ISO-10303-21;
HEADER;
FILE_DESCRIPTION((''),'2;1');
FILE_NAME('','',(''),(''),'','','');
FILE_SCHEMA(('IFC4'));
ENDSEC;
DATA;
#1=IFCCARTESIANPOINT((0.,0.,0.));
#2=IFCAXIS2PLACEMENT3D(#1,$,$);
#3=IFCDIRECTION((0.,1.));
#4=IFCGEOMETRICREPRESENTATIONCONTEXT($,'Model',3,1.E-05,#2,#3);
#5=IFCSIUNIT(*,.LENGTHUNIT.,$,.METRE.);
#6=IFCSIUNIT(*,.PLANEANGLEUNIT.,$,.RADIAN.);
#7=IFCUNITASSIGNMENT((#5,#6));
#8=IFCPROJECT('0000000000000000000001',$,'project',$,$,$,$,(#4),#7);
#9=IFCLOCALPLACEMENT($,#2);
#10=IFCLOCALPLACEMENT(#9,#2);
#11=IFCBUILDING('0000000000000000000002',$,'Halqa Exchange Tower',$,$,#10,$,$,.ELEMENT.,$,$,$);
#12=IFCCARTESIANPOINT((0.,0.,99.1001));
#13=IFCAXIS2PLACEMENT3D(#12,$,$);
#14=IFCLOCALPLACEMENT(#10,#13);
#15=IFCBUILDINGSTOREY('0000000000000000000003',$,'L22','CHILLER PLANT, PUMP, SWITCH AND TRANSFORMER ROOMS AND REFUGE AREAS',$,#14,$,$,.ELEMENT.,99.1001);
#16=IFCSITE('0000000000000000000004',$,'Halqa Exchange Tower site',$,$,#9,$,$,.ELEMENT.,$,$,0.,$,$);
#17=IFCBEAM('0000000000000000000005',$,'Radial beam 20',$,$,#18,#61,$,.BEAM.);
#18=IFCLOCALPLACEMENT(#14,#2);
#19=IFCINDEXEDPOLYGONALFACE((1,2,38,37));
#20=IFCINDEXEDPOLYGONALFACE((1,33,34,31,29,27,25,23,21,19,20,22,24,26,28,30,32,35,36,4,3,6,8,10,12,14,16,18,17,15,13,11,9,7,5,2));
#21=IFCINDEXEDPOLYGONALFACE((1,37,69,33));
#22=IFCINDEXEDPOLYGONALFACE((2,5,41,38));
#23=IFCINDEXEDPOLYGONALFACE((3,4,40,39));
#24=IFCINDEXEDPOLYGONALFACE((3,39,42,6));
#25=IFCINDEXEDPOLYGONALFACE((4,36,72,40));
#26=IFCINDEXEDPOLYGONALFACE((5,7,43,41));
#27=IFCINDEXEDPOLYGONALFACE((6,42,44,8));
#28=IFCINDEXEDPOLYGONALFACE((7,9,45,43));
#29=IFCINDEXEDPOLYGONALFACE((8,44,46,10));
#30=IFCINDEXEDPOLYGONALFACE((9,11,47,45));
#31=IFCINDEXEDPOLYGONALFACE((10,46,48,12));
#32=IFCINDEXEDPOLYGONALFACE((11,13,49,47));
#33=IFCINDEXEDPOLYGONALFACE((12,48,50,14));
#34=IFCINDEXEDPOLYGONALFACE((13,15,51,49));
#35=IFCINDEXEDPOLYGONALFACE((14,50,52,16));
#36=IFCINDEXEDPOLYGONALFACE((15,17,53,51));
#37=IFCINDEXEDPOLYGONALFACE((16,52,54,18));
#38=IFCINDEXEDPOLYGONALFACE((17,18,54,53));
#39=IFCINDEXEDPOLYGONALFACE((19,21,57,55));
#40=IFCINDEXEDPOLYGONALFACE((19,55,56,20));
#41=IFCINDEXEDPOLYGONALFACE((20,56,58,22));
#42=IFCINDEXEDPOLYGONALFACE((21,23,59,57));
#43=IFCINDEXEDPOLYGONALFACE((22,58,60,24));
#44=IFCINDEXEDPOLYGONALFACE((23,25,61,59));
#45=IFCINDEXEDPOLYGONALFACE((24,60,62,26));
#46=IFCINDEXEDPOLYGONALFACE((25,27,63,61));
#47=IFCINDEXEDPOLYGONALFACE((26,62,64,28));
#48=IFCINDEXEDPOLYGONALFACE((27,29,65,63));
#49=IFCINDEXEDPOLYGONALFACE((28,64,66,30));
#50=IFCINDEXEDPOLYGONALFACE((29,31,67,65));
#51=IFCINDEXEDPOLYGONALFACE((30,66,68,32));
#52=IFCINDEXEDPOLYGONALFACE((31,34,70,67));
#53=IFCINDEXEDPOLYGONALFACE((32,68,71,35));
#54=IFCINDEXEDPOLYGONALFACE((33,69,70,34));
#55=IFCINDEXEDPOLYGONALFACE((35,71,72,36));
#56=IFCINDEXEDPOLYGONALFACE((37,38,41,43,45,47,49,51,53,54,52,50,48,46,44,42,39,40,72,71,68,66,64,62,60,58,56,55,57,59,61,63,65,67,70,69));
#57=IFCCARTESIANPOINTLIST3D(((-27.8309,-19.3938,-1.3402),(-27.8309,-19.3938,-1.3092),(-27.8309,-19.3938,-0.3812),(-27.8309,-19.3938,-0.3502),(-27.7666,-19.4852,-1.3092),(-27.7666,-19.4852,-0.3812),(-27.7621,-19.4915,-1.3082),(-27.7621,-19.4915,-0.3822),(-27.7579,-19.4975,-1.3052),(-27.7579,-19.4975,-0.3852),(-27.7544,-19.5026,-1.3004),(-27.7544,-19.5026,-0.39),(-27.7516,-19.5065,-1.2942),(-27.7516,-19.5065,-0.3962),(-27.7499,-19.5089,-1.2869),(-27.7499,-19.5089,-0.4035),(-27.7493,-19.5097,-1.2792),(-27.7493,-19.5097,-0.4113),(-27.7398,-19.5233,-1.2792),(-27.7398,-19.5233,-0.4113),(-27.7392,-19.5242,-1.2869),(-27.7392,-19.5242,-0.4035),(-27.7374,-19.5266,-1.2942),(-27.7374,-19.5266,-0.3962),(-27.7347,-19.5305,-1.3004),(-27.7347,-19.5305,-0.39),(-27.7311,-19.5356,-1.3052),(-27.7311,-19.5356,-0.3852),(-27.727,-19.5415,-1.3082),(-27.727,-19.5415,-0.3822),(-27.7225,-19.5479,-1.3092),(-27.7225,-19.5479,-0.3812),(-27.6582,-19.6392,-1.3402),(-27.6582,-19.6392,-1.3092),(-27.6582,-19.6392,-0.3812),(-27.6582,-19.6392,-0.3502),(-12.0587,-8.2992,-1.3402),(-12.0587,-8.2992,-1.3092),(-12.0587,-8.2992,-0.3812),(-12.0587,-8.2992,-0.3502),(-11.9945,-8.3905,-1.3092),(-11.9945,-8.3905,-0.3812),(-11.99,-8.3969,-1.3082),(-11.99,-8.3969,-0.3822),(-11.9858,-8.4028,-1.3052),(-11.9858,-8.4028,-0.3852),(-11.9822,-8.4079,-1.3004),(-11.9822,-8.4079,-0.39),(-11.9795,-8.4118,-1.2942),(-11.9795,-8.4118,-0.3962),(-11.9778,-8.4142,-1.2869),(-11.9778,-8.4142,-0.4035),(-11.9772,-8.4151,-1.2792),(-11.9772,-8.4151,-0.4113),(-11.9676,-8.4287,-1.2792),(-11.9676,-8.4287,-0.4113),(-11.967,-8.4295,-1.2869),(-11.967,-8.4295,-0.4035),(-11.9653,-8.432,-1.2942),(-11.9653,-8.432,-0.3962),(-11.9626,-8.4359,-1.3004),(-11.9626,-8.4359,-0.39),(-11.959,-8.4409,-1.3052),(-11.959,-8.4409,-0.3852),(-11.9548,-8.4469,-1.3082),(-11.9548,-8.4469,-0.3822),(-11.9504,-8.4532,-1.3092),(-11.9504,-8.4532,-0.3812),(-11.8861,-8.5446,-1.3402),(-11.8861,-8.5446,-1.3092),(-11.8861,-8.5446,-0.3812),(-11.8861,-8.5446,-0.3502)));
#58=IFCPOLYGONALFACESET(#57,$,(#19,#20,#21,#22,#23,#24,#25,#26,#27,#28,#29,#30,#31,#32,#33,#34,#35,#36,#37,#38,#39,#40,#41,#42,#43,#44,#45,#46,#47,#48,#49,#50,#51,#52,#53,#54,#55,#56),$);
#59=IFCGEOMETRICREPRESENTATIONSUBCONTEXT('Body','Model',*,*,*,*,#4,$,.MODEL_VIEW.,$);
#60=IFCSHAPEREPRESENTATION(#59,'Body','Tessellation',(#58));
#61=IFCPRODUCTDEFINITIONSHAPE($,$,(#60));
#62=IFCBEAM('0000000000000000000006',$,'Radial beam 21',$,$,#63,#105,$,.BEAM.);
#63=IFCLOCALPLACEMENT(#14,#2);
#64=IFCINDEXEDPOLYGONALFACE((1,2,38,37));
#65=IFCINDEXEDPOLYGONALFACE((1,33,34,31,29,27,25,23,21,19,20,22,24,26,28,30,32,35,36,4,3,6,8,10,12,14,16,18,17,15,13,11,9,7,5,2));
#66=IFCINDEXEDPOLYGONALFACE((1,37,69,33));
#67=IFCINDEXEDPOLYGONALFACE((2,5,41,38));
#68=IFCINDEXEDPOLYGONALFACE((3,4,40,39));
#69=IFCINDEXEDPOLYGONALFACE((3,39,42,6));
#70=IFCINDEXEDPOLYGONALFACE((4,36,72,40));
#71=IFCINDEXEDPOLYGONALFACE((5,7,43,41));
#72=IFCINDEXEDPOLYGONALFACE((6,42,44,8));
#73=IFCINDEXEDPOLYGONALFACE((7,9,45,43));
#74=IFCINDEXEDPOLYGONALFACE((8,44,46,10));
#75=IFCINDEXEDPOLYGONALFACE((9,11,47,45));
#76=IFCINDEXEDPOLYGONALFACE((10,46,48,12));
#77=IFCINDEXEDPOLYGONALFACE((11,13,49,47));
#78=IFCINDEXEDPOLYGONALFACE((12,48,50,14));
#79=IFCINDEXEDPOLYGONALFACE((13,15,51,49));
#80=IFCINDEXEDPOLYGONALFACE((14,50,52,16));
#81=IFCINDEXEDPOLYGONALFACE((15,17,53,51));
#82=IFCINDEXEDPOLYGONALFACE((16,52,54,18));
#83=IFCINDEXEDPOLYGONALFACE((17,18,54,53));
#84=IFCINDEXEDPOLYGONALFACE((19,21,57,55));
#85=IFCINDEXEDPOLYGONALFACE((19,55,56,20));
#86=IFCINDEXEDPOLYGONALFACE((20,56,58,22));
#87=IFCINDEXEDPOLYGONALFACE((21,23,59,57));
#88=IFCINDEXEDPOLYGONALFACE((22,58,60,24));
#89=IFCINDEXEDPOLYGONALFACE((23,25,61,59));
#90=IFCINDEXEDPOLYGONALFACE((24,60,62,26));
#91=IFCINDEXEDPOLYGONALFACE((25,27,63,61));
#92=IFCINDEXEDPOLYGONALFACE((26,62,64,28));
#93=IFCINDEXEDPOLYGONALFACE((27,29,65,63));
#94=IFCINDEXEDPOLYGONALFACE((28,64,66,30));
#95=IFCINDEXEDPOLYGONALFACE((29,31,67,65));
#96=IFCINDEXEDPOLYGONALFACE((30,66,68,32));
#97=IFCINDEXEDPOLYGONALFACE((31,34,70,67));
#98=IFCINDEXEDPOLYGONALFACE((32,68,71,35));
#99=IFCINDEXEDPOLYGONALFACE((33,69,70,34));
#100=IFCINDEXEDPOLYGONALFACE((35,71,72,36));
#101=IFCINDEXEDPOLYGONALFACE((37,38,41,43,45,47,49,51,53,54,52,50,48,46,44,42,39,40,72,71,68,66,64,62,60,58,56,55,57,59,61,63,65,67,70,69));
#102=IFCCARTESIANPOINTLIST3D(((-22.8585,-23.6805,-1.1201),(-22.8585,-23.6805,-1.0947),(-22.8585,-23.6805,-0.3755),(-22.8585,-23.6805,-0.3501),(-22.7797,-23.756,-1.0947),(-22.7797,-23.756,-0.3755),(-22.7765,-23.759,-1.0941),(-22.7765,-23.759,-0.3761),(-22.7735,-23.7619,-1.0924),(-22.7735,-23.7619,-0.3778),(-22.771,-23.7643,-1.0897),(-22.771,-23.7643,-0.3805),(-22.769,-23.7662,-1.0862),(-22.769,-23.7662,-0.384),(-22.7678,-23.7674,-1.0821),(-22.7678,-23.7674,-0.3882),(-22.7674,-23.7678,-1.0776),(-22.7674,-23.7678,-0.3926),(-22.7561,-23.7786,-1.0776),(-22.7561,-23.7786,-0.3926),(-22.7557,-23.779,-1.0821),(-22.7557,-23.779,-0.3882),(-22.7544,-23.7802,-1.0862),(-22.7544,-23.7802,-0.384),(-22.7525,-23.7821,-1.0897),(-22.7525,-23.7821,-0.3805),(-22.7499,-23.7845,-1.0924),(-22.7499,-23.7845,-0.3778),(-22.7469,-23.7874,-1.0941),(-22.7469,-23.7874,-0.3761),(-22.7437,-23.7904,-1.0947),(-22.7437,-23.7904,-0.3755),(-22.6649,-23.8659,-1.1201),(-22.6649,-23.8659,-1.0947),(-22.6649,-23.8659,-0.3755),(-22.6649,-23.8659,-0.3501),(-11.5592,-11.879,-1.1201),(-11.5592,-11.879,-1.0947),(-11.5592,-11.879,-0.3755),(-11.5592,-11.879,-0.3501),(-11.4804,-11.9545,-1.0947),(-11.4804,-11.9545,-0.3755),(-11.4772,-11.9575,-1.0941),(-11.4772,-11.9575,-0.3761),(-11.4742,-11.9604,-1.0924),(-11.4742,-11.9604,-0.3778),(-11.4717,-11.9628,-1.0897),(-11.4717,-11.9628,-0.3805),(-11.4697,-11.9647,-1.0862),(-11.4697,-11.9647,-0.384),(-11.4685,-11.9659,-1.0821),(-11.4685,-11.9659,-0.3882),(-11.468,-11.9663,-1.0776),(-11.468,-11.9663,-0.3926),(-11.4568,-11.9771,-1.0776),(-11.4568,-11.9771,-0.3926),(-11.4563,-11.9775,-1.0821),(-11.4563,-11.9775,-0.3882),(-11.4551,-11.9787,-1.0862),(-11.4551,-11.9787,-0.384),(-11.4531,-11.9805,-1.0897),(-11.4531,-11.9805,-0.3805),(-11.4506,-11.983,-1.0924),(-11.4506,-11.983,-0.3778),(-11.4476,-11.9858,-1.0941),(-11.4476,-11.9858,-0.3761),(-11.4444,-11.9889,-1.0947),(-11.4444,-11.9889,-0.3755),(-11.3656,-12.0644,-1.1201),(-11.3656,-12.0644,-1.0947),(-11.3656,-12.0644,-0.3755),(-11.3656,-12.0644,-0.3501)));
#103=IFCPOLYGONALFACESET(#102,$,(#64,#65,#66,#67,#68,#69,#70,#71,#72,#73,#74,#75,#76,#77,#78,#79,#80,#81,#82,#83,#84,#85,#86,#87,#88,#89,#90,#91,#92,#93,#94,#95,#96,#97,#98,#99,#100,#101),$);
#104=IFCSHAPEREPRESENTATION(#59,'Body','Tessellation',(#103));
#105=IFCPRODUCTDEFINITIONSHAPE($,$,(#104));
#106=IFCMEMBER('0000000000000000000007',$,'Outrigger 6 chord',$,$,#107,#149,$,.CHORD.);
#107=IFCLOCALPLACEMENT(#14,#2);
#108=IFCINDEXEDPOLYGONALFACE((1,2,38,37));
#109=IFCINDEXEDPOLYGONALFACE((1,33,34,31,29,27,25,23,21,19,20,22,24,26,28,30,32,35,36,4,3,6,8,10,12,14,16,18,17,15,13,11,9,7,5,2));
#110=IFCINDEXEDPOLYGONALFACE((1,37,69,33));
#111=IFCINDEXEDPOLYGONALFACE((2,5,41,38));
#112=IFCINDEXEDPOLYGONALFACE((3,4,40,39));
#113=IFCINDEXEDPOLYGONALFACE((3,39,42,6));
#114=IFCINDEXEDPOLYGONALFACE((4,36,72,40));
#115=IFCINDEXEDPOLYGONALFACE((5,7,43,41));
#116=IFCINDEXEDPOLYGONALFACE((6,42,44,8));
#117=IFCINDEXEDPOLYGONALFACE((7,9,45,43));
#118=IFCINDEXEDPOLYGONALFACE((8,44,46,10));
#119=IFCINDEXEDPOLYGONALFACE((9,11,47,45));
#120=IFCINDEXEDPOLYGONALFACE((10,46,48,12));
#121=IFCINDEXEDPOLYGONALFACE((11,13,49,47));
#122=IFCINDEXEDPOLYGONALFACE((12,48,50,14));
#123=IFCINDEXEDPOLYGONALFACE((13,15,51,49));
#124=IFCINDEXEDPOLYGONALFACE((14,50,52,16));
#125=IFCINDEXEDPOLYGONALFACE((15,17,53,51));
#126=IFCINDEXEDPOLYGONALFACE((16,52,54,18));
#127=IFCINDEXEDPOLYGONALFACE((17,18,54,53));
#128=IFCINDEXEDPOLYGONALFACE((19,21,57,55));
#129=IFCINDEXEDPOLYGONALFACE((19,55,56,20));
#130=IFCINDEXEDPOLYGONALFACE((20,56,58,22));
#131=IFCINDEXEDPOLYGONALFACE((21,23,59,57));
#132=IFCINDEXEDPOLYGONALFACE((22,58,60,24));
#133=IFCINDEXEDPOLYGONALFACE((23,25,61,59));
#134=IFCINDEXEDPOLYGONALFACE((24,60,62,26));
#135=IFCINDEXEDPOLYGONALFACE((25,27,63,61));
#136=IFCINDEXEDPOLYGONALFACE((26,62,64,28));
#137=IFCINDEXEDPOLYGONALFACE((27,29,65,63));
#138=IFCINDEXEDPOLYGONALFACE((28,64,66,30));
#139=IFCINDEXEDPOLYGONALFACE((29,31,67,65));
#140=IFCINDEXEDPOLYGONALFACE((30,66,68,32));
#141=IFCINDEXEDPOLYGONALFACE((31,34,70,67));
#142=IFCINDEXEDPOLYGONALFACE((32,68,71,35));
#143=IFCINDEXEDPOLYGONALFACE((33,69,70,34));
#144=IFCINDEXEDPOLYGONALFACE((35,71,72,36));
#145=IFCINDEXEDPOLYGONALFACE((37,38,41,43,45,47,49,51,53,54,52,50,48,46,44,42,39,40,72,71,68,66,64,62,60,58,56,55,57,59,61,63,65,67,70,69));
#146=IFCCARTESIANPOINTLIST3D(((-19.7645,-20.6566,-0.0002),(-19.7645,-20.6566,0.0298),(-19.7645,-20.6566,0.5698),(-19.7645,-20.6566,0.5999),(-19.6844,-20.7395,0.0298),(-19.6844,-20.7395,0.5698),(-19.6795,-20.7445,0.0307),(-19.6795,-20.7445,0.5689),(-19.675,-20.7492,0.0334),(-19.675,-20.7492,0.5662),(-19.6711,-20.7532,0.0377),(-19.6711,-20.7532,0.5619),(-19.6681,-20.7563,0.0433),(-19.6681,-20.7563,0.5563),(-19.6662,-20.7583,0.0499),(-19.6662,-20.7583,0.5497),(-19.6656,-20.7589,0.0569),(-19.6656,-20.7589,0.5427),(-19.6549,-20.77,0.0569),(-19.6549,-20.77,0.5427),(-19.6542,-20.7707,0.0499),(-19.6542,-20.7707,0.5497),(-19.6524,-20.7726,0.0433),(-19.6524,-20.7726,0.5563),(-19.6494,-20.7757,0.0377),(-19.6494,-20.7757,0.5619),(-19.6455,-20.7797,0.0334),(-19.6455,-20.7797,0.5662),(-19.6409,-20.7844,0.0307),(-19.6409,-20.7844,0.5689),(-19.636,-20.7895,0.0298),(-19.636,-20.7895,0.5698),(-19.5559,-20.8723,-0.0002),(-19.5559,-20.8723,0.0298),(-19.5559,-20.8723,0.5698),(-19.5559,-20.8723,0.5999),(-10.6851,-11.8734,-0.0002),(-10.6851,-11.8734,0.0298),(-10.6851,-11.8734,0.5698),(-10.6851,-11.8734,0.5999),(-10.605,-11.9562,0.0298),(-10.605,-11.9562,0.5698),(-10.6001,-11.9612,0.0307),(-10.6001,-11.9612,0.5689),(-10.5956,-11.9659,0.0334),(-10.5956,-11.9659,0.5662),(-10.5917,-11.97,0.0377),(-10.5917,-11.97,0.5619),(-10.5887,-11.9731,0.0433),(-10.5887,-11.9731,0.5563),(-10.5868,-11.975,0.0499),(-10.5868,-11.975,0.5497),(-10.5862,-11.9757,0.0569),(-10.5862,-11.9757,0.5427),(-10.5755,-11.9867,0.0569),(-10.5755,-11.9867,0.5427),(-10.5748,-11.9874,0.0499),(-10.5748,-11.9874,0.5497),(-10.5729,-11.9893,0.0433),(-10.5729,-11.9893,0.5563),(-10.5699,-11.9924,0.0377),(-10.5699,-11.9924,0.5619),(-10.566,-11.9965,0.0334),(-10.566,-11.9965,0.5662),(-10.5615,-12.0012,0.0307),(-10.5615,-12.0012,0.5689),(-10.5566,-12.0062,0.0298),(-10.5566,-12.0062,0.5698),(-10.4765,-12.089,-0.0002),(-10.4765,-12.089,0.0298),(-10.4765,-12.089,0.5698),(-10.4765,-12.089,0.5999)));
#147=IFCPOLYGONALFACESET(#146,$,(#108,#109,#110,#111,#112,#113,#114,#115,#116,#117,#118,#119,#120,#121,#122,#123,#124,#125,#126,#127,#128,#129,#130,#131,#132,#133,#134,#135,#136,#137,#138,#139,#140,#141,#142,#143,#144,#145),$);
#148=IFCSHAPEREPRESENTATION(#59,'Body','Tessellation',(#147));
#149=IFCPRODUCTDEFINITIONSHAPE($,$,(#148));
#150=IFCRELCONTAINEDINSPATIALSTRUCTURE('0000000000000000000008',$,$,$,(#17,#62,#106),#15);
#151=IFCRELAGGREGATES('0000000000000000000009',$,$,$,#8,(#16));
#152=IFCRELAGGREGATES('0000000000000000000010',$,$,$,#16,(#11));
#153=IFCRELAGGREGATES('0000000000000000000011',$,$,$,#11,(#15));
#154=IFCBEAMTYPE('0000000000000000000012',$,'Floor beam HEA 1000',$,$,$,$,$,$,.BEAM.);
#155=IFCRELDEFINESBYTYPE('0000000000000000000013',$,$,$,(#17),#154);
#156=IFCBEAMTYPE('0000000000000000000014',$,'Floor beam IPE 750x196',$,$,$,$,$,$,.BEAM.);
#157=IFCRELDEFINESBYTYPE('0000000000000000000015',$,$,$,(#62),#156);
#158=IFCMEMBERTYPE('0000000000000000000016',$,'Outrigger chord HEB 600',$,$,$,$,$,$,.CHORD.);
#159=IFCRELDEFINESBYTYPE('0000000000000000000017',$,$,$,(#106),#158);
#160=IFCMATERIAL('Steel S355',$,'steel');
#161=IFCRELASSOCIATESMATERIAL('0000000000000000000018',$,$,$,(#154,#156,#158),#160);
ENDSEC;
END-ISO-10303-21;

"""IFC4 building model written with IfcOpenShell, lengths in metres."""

from ifc_helpers import new_model, si_unit, direction, frame, origin, origin_2d, place, context, subcontext, project, spatial, i_section, extrude, material, material_profile, profile_set, type_object, element, save


model = new_model("IFC4")

# Units and contexts
model_context = context("Model", 3, precision=1e-05, world=origin(), true_north=direction((0.0, 1.0)))
body_context = subcontext(model_context, "Body", "Model", "MODEL_VIEW")
ifc_project = project(units=[si_unit("LENGTHUNIT", "METRE"), si_unit("PLANEANGLEUNIT", "RADIAN")], contexts=[model_context])

# Site, building, storey
site_placement = place(None, origin())
site = spatial("IfcSite", under=ifc_project, at=site_placement, Name="Halqa Exchange Tower site", CompositionType="ELEMENT", RefElevation=0.0)
building_placement = place(site_placement, origin())
building = spatial("IfcBuilding", under=site, at=building_placement, Name="Halqa Exchange Tower", CompositionType="ELEMENT")
storey_placement = place(building_placement, frame((0.0, 0.0, 99.1001)))
storey = spatial("IfcBuildingStorey", under=building, at=storey_placement, Name="L22", Description="CHILLER PLANT, PUMP, SWITCH AND TRANSFORMER ROOMS AND REFUGE AREAS", CompositionType="ELEMENT", Elevation=99.1001)

# Beams
ifc_material_1 = material(Name="Steel S355", Category="steel")
ifc_material_profile_1 = material_profile(ifc_material_1, i_section(OverallWidth=0.3, OverallDepth=0.99, WebThickness=0.0166, FlangeThickness=0.031, FilletRadius=0.03, at=origin_2d()), Name="HEA 1000")
ifc_profile_set_1 = profile_set([ifc_material_profile_1], Name="Steel S355")
beam_type_1 = type_object("IfcBeamType", Name="Floor beam HEA 1000", PredefinedType="BEAM", material=ifc_profile_set_1)
beam_1_placement = place(storey_placement, frame((-11.9724, -8.4219, -0.8452), z_axis=(-0.81791, -0.575346, 0.0), x_axis=(0.575346, -0.81791, 0.0)))
element("IfcBeam", 1, at=beam_1_placement, inside=storey, type_object=beam_type_1, Name="Radial beam 20", PredefinedType="BEAM", context=body_context, shape_type="SweptSolid", body=[
    extrude(i_section(OverallWidth=0.3, OverallDepth=0.99, WebThickness=0.0166, FlangeThickness=0.031, FilletRadius=0.03, at=origin_2d()), origin(), (0.0, 0.0, 1.0), 19.2834),
])
ifc_material_profile_2 = material_profile(ifc_material_1, i_section(OverallWidth=0.2681, OverallDepth=0.77, WebThickness=0.0156, FlangeThickness=0.0254, FilletRadius=0.0171, at=origin_2d()), Name="IPE 750x196")
ifc_profile_set_2 = profile_set([ifc_material_profile_2], Name="Steel S355")
beam_type_2 = type_object("IfcBeamType", Name="Floor beam IPE 750x196", PredefinedType="BEAM", material=ifc_profile_set_2)
beam_2_placement = place(storey_placement, frame((-11.4624, -11.9717, -0.7351), z_axis=(-0.691571, -0.722308, 0.0), x_axis=(0.722308, -0.691571, 0.0)))
element("IfcBeam", 2, at=beam_2_placement, inside=storey, type_object=beam_type_2, Name="Radial beam 21", PredefinedType="BEAM", context=body_context, shape_type="SweptSolid", body=[
    extrude(i_section(OverallWidth=0.2681, OverallDepth=0.77, WebThickness=0.0156, FlangeThickness=0.0254, FilletRadius=0.0171, at=origin_2d()), origin(), (0.0, 0.0, 1.0), 16.3386),
])

# Member
ifc_material_profile_3 = material_profile(ifc_material_1, i_section(OverallWidth=0.3, OverallDepth=0.6001, WebThickness=0.0154, FlangeThickness=0.03, FilletRadius=0.0271, at=origin_2d()), Name="HEB 600")
ifc_profile_set_3 = profile_set([ifc_material_profile_3], Name="Steel S355")
member_type_1 = type_object("IfcMemberType", Name="Outrigger chord HEB 600", PredefinedType="CHORD", material=ifc_profile_set_3)
member_1_placement = place(storey_placement, frame((-10.5808, -11.9812, 0.2998), z_axis=(-0.718731, -0.695288, 0.0), x_axis=(0.695288, -0.718731, 0.0)))
element("IfcMember", 3, at=member_1_placement, inside=storey, type_object=member_type_1, Name="Outrigger 6 chord", PredefinedType="CHORD", context=body_context, shape_type="SweptSolid", body=[
    extrude(i_section(OverallWidth=0.3, OverallDepth=0.6001, WebThickness=0.0154, FlangeThickness=0.03, FilletRadius=0.0271, at=origin_2d()), origin(), (0.0, 0.0, 1.0), 12.6326),
])

save(model, "model.ifc")
